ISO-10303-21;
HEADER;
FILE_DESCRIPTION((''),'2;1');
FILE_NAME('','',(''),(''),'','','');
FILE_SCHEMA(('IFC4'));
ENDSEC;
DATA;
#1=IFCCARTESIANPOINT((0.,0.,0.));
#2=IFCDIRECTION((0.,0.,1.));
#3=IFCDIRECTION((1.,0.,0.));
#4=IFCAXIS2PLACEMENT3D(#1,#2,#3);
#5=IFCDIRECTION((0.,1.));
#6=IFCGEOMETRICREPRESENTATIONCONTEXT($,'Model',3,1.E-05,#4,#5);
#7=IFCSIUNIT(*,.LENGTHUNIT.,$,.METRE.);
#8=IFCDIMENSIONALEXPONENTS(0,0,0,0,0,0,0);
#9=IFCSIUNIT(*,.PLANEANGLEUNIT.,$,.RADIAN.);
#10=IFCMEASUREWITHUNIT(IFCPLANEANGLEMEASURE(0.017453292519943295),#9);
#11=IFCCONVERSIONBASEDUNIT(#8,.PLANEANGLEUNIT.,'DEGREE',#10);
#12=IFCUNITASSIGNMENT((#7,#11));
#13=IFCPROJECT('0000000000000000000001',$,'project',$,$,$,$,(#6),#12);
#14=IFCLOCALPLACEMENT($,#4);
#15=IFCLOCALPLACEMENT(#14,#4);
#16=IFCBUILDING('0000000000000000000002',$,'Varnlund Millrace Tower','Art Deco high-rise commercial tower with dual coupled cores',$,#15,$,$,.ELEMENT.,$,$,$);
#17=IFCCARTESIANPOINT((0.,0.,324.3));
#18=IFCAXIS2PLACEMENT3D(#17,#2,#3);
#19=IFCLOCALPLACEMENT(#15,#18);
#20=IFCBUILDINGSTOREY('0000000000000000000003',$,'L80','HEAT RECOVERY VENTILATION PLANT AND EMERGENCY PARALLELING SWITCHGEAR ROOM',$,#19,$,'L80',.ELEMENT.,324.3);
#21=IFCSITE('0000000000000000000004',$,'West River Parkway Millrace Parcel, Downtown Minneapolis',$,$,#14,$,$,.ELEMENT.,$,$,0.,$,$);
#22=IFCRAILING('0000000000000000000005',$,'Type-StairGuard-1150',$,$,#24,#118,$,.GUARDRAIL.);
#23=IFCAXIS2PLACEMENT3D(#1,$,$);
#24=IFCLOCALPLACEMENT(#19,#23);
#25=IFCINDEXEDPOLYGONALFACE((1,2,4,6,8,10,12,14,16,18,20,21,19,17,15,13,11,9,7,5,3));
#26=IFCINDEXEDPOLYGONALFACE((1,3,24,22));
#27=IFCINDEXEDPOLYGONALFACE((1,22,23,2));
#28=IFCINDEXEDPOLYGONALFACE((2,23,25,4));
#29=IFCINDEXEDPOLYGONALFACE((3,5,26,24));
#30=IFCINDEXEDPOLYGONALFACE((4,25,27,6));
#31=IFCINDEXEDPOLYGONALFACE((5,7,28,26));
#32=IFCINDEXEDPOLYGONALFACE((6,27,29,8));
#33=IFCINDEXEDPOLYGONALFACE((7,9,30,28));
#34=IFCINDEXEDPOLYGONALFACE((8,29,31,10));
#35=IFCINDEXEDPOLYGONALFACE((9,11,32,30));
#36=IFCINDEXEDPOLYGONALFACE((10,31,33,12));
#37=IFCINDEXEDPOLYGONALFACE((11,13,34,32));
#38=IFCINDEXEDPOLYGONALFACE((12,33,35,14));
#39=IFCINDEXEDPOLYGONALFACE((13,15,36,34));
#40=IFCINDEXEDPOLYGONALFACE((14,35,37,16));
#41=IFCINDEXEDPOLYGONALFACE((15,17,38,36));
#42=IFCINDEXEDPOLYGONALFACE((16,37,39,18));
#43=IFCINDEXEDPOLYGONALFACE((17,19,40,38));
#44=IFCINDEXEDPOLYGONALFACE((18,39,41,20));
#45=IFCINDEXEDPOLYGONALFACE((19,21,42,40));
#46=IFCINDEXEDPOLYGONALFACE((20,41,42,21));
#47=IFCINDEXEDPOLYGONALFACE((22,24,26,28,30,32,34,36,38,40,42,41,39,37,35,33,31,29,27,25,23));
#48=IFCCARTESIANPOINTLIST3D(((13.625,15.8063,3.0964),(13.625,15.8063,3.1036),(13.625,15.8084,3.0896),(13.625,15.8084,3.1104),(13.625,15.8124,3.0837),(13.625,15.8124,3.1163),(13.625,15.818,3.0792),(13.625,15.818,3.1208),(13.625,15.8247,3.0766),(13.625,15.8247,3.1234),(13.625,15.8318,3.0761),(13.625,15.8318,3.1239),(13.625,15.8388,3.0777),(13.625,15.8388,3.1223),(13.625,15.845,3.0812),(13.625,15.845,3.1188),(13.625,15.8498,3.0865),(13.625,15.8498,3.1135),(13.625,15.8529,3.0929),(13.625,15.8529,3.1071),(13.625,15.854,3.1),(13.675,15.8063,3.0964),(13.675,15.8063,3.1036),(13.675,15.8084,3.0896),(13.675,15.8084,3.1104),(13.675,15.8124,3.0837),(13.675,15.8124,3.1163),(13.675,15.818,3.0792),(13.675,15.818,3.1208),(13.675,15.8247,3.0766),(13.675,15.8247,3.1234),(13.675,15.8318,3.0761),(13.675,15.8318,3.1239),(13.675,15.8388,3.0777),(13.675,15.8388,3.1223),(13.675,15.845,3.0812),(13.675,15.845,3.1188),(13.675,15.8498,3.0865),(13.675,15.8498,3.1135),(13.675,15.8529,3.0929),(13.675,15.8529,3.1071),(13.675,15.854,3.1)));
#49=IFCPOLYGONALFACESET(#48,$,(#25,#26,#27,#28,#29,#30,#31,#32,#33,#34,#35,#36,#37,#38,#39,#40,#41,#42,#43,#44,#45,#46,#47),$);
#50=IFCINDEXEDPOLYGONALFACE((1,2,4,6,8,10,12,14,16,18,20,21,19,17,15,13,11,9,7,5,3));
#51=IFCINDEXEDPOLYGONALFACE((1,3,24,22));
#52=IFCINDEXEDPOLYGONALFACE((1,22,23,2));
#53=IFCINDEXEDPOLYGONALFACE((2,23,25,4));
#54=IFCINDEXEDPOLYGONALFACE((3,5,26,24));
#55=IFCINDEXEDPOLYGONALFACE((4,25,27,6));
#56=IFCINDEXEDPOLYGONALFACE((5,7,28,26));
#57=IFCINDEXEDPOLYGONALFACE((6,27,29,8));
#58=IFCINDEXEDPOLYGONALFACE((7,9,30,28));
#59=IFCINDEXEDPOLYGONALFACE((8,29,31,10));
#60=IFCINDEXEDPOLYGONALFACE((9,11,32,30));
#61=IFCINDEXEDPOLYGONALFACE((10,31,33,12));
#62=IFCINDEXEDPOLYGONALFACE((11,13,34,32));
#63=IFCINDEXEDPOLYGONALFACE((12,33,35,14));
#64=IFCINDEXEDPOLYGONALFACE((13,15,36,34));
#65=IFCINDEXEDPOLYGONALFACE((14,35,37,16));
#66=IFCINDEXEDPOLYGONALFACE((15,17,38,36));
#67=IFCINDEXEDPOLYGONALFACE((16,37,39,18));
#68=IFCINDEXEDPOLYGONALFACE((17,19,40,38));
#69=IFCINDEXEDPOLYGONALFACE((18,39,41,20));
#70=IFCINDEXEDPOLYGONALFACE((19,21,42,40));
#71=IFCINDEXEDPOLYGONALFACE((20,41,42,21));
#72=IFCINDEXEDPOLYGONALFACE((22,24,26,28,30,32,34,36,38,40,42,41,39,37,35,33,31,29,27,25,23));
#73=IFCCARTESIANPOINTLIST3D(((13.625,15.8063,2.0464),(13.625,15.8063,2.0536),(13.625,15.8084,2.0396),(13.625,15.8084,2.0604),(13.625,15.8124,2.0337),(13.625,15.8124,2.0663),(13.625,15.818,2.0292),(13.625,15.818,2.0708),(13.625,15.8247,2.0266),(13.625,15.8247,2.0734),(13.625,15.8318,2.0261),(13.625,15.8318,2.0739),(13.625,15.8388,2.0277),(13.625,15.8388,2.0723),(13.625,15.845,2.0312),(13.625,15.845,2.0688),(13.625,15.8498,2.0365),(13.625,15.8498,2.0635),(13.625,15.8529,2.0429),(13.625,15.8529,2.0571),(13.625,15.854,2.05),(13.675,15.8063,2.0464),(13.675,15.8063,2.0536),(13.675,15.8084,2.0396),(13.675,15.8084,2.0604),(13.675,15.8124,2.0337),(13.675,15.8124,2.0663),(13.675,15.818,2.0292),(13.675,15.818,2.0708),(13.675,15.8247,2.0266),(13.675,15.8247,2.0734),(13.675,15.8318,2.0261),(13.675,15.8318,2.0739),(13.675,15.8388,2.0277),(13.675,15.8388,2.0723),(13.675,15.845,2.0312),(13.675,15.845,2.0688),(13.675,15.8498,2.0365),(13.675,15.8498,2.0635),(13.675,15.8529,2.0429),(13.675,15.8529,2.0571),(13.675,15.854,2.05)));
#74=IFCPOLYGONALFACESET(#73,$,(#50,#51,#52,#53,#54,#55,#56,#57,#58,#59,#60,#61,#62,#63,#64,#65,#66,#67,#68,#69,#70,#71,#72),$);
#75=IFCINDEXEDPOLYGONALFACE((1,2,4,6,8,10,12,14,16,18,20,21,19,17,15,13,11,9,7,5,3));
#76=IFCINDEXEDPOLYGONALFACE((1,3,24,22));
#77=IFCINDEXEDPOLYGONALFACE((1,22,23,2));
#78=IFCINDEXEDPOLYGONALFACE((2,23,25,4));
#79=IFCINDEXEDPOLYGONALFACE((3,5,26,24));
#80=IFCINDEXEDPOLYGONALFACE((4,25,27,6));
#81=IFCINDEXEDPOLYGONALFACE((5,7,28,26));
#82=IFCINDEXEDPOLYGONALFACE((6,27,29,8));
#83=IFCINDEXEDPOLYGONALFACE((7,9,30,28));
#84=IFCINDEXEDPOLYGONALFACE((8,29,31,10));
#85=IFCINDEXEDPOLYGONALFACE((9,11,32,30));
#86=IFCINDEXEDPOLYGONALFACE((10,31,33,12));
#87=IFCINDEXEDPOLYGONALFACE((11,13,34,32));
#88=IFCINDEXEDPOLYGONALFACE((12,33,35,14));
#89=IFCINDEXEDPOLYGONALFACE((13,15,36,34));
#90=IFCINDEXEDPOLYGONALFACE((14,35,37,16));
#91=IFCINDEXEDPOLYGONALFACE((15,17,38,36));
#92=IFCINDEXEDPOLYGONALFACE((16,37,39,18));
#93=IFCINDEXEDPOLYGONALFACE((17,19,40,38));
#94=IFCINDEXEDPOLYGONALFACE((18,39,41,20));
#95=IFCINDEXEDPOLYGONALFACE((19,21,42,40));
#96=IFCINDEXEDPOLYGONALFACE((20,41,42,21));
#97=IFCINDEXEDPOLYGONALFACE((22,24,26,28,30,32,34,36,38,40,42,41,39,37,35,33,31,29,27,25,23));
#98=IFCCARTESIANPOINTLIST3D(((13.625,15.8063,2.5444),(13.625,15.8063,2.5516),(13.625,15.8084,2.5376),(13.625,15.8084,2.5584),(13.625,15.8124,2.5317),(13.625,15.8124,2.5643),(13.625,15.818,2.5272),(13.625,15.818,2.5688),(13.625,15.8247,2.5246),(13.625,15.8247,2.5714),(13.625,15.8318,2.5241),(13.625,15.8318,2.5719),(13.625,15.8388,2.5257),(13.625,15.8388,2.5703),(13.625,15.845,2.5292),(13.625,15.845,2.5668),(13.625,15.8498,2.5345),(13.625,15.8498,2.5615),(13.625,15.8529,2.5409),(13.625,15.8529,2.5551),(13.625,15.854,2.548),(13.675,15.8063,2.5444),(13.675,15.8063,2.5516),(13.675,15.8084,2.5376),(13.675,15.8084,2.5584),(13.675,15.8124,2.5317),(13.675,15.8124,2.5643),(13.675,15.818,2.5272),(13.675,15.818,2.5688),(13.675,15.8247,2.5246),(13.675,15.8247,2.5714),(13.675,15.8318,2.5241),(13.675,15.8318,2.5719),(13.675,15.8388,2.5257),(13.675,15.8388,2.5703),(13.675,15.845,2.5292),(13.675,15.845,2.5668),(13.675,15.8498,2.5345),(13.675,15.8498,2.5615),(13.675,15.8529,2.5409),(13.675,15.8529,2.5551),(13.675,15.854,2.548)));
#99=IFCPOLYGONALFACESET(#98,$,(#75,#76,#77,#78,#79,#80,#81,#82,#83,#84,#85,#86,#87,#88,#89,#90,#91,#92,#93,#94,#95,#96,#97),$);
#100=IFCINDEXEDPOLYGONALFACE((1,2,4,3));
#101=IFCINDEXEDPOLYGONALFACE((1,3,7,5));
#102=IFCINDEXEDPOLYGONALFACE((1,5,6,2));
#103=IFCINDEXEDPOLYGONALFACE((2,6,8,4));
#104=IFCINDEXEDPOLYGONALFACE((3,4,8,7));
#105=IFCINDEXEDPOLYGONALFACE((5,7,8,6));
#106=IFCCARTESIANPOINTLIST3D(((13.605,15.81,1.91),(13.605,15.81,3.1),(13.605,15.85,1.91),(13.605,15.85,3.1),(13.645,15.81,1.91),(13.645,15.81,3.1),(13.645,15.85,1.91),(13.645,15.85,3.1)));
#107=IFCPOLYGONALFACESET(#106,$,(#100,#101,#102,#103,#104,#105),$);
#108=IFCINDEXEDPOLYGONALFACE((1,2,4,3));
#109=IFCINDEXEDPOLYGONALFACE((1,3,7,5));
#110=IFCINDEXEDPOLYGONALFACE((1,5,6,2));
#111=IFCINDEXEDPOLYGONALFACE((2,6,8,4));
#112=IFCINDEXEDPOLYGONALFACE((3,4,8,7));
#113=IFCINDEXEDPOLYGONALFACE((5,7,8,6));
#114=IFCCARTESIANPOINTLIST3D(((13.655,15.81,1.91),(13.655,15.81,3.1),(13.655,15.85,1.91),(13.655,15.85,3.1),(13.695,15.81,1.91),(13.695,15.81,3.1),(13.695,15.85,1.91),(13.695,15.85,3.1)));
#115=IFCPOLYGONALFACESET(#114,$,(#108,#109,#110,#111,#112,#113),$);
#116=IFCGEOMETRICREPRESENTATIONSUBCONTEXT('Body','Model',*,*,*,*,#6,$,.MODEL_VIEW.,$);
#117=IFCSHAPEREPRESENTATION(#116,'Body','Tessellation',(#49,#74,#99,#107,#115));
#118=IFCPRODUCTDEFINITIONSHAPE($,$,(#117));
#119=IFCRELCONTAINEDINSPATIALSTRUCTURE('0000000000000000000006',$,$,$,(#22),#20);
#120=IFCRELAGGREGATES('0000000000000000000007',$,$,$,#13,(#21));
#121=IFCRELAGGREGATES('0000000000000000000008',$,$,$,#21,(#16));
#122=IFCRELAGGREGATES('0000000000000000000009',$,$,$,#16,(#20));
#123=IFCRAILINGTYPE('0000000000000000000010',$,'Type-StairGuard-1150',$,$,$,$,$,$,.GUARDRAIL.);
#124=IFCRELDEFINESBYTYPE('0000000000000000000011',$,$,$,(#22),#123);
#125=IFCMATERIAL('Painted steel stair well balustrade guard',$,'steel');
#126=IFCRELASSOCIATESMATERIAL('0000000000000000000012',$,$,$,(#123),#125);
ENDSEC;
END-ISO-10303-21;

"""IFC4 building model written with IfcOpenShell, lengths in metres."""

from ifc_helpers import new_model, entity, si_unit, converted_unit, direction, frame, origin_with_axes, origin_2d_with_axis, place, context, subcontext, project, spatial, rectangle, circle, extrude, material, type_object, element, save


model = new_model("IFC4")

# Units and contexts
model_context = context("Model", 3, precision=1e-05, world=origin_with_axes(), true_north=direction((0.0, 1.0)))
body_context = subcontext(model_context, "Body", "Model", "MODEL_VIEW")
ifc_project = project(units=[si_unit("LENGTHUNIT", "METRE"), converted_unit("PLANEANGLEUNIT", "DEGREE", entity("IfcPlaneAngleMeasure", 0.017453292519943295), si_unit("PLANEANGLEUNIT", "RADIAN"), dimensions=[0, 0, 0, 0, 0, 0, 0])], contexts=[model_context])

# Site, building, storey
site_placement = place(None, origin_with_axes())
site = spatial("IfcSite", under=ifc_project, at=site_placement, Name="West River Parkway Millrace Parcel, Downtown Minneapolis", CompositionType="ELEMENT", RefElevation=0.0)
building_placement = place(site_placement, origin_with_axes())
building = spatial("IfcBuilding", under=site, at=building_placement, Name="Varnlund Millrace Tower", Description="Art Deco high-rise commercial tower with dual coupled cores", CompositionType="ELEMENT")
storey_placement = place(building_placement, frame((0.0, 0.0, 324.3), z_axis=(0.0, 0.0, 1.0), x_axis=(1.0, 0.0, 0.0)))
storey = spatial("IfcBuildingStorey", under=building, at=storey_placement, Name="L80", Description="HEAT RECOVERY VENTILATION PLANT AND EMERGENCY PARALLELING SWITCHGEAR ROOM", LongName="L80", CompositionType="ELEMENT", Elevation=324.3)

# Railing
ifc_material_1 = material(Name="Painted steel stair well balustrade guard", Category="steel")
railing_type_1 = type_object("IfcRailingType", Name="Type-StairGuard-1150", PredefinedType="GUARDRAIL", material=ifc_material_1)
railing_1_placement = place(storey_placement, frame((0.0, 0.0, -324.3), z_axis=(0.0, 0.0, 1.0), x_axis=(1.0, 0.0, 0.0)))
element("IfcRailing", 1, at=railing_1_placement, inside=storey, type_object=railing_type_1, Name="Type-StairGuard-1150", PredefinedType="GUARDRAIL", context=body_context, shape_type="SweptSolid", body=[
    extrude(circle(Radius=0.024, at=origin_2d_with_axis()), frame((13.625, 15.83, 327.4), z_axis=(1.0, 0.0, 0.0), x_axis=(0.0, 1.0, 0.0)), (0.0, 0.0, 1.0), 0.05),
    extrude(circle(Radius=0.024, at=origin_2d_with_axis()), frame((13.625, 15.83, 326.35), z_axis=(1.0, 0.0, 0.0), x_axis=(0.0, 1.0, 0.0)), (0.0, 0.0, 1.0), 0.05),
    extrude(circle(Radius=0.024, at=origin_2d_with_axis()), frame((13.625, 15.83, 326.848), z_axis=(1.0, 0.0, 0.0), x_axis=(0.0, 1.0, 0.0)), (0.0, 0.0, 1.0), 0.05),
    extrude(rectangle(XDim=0.04, YDim=0.04, at=origin_2d_with_axis()), frame((13.625, 15.83, 326.21), z_axis=(0.0, 0.0, 1.0), x_axis=(1.0, 0.0, 0.0)), (0.0, 0.0, 1.0), 1.19),
    extrude(rectangle(XDim=0.04, YDim=0.04, at=origin_2d_with_axis()), frame((13.675, 15.83, 326.21), z_axis=(0.0, 0.0, 1.0), x_axis=(1.0, 0.0, 0.0)), (0.0, 0.0, 1.0), 1.19),
])

save(model, "model.ifc")
